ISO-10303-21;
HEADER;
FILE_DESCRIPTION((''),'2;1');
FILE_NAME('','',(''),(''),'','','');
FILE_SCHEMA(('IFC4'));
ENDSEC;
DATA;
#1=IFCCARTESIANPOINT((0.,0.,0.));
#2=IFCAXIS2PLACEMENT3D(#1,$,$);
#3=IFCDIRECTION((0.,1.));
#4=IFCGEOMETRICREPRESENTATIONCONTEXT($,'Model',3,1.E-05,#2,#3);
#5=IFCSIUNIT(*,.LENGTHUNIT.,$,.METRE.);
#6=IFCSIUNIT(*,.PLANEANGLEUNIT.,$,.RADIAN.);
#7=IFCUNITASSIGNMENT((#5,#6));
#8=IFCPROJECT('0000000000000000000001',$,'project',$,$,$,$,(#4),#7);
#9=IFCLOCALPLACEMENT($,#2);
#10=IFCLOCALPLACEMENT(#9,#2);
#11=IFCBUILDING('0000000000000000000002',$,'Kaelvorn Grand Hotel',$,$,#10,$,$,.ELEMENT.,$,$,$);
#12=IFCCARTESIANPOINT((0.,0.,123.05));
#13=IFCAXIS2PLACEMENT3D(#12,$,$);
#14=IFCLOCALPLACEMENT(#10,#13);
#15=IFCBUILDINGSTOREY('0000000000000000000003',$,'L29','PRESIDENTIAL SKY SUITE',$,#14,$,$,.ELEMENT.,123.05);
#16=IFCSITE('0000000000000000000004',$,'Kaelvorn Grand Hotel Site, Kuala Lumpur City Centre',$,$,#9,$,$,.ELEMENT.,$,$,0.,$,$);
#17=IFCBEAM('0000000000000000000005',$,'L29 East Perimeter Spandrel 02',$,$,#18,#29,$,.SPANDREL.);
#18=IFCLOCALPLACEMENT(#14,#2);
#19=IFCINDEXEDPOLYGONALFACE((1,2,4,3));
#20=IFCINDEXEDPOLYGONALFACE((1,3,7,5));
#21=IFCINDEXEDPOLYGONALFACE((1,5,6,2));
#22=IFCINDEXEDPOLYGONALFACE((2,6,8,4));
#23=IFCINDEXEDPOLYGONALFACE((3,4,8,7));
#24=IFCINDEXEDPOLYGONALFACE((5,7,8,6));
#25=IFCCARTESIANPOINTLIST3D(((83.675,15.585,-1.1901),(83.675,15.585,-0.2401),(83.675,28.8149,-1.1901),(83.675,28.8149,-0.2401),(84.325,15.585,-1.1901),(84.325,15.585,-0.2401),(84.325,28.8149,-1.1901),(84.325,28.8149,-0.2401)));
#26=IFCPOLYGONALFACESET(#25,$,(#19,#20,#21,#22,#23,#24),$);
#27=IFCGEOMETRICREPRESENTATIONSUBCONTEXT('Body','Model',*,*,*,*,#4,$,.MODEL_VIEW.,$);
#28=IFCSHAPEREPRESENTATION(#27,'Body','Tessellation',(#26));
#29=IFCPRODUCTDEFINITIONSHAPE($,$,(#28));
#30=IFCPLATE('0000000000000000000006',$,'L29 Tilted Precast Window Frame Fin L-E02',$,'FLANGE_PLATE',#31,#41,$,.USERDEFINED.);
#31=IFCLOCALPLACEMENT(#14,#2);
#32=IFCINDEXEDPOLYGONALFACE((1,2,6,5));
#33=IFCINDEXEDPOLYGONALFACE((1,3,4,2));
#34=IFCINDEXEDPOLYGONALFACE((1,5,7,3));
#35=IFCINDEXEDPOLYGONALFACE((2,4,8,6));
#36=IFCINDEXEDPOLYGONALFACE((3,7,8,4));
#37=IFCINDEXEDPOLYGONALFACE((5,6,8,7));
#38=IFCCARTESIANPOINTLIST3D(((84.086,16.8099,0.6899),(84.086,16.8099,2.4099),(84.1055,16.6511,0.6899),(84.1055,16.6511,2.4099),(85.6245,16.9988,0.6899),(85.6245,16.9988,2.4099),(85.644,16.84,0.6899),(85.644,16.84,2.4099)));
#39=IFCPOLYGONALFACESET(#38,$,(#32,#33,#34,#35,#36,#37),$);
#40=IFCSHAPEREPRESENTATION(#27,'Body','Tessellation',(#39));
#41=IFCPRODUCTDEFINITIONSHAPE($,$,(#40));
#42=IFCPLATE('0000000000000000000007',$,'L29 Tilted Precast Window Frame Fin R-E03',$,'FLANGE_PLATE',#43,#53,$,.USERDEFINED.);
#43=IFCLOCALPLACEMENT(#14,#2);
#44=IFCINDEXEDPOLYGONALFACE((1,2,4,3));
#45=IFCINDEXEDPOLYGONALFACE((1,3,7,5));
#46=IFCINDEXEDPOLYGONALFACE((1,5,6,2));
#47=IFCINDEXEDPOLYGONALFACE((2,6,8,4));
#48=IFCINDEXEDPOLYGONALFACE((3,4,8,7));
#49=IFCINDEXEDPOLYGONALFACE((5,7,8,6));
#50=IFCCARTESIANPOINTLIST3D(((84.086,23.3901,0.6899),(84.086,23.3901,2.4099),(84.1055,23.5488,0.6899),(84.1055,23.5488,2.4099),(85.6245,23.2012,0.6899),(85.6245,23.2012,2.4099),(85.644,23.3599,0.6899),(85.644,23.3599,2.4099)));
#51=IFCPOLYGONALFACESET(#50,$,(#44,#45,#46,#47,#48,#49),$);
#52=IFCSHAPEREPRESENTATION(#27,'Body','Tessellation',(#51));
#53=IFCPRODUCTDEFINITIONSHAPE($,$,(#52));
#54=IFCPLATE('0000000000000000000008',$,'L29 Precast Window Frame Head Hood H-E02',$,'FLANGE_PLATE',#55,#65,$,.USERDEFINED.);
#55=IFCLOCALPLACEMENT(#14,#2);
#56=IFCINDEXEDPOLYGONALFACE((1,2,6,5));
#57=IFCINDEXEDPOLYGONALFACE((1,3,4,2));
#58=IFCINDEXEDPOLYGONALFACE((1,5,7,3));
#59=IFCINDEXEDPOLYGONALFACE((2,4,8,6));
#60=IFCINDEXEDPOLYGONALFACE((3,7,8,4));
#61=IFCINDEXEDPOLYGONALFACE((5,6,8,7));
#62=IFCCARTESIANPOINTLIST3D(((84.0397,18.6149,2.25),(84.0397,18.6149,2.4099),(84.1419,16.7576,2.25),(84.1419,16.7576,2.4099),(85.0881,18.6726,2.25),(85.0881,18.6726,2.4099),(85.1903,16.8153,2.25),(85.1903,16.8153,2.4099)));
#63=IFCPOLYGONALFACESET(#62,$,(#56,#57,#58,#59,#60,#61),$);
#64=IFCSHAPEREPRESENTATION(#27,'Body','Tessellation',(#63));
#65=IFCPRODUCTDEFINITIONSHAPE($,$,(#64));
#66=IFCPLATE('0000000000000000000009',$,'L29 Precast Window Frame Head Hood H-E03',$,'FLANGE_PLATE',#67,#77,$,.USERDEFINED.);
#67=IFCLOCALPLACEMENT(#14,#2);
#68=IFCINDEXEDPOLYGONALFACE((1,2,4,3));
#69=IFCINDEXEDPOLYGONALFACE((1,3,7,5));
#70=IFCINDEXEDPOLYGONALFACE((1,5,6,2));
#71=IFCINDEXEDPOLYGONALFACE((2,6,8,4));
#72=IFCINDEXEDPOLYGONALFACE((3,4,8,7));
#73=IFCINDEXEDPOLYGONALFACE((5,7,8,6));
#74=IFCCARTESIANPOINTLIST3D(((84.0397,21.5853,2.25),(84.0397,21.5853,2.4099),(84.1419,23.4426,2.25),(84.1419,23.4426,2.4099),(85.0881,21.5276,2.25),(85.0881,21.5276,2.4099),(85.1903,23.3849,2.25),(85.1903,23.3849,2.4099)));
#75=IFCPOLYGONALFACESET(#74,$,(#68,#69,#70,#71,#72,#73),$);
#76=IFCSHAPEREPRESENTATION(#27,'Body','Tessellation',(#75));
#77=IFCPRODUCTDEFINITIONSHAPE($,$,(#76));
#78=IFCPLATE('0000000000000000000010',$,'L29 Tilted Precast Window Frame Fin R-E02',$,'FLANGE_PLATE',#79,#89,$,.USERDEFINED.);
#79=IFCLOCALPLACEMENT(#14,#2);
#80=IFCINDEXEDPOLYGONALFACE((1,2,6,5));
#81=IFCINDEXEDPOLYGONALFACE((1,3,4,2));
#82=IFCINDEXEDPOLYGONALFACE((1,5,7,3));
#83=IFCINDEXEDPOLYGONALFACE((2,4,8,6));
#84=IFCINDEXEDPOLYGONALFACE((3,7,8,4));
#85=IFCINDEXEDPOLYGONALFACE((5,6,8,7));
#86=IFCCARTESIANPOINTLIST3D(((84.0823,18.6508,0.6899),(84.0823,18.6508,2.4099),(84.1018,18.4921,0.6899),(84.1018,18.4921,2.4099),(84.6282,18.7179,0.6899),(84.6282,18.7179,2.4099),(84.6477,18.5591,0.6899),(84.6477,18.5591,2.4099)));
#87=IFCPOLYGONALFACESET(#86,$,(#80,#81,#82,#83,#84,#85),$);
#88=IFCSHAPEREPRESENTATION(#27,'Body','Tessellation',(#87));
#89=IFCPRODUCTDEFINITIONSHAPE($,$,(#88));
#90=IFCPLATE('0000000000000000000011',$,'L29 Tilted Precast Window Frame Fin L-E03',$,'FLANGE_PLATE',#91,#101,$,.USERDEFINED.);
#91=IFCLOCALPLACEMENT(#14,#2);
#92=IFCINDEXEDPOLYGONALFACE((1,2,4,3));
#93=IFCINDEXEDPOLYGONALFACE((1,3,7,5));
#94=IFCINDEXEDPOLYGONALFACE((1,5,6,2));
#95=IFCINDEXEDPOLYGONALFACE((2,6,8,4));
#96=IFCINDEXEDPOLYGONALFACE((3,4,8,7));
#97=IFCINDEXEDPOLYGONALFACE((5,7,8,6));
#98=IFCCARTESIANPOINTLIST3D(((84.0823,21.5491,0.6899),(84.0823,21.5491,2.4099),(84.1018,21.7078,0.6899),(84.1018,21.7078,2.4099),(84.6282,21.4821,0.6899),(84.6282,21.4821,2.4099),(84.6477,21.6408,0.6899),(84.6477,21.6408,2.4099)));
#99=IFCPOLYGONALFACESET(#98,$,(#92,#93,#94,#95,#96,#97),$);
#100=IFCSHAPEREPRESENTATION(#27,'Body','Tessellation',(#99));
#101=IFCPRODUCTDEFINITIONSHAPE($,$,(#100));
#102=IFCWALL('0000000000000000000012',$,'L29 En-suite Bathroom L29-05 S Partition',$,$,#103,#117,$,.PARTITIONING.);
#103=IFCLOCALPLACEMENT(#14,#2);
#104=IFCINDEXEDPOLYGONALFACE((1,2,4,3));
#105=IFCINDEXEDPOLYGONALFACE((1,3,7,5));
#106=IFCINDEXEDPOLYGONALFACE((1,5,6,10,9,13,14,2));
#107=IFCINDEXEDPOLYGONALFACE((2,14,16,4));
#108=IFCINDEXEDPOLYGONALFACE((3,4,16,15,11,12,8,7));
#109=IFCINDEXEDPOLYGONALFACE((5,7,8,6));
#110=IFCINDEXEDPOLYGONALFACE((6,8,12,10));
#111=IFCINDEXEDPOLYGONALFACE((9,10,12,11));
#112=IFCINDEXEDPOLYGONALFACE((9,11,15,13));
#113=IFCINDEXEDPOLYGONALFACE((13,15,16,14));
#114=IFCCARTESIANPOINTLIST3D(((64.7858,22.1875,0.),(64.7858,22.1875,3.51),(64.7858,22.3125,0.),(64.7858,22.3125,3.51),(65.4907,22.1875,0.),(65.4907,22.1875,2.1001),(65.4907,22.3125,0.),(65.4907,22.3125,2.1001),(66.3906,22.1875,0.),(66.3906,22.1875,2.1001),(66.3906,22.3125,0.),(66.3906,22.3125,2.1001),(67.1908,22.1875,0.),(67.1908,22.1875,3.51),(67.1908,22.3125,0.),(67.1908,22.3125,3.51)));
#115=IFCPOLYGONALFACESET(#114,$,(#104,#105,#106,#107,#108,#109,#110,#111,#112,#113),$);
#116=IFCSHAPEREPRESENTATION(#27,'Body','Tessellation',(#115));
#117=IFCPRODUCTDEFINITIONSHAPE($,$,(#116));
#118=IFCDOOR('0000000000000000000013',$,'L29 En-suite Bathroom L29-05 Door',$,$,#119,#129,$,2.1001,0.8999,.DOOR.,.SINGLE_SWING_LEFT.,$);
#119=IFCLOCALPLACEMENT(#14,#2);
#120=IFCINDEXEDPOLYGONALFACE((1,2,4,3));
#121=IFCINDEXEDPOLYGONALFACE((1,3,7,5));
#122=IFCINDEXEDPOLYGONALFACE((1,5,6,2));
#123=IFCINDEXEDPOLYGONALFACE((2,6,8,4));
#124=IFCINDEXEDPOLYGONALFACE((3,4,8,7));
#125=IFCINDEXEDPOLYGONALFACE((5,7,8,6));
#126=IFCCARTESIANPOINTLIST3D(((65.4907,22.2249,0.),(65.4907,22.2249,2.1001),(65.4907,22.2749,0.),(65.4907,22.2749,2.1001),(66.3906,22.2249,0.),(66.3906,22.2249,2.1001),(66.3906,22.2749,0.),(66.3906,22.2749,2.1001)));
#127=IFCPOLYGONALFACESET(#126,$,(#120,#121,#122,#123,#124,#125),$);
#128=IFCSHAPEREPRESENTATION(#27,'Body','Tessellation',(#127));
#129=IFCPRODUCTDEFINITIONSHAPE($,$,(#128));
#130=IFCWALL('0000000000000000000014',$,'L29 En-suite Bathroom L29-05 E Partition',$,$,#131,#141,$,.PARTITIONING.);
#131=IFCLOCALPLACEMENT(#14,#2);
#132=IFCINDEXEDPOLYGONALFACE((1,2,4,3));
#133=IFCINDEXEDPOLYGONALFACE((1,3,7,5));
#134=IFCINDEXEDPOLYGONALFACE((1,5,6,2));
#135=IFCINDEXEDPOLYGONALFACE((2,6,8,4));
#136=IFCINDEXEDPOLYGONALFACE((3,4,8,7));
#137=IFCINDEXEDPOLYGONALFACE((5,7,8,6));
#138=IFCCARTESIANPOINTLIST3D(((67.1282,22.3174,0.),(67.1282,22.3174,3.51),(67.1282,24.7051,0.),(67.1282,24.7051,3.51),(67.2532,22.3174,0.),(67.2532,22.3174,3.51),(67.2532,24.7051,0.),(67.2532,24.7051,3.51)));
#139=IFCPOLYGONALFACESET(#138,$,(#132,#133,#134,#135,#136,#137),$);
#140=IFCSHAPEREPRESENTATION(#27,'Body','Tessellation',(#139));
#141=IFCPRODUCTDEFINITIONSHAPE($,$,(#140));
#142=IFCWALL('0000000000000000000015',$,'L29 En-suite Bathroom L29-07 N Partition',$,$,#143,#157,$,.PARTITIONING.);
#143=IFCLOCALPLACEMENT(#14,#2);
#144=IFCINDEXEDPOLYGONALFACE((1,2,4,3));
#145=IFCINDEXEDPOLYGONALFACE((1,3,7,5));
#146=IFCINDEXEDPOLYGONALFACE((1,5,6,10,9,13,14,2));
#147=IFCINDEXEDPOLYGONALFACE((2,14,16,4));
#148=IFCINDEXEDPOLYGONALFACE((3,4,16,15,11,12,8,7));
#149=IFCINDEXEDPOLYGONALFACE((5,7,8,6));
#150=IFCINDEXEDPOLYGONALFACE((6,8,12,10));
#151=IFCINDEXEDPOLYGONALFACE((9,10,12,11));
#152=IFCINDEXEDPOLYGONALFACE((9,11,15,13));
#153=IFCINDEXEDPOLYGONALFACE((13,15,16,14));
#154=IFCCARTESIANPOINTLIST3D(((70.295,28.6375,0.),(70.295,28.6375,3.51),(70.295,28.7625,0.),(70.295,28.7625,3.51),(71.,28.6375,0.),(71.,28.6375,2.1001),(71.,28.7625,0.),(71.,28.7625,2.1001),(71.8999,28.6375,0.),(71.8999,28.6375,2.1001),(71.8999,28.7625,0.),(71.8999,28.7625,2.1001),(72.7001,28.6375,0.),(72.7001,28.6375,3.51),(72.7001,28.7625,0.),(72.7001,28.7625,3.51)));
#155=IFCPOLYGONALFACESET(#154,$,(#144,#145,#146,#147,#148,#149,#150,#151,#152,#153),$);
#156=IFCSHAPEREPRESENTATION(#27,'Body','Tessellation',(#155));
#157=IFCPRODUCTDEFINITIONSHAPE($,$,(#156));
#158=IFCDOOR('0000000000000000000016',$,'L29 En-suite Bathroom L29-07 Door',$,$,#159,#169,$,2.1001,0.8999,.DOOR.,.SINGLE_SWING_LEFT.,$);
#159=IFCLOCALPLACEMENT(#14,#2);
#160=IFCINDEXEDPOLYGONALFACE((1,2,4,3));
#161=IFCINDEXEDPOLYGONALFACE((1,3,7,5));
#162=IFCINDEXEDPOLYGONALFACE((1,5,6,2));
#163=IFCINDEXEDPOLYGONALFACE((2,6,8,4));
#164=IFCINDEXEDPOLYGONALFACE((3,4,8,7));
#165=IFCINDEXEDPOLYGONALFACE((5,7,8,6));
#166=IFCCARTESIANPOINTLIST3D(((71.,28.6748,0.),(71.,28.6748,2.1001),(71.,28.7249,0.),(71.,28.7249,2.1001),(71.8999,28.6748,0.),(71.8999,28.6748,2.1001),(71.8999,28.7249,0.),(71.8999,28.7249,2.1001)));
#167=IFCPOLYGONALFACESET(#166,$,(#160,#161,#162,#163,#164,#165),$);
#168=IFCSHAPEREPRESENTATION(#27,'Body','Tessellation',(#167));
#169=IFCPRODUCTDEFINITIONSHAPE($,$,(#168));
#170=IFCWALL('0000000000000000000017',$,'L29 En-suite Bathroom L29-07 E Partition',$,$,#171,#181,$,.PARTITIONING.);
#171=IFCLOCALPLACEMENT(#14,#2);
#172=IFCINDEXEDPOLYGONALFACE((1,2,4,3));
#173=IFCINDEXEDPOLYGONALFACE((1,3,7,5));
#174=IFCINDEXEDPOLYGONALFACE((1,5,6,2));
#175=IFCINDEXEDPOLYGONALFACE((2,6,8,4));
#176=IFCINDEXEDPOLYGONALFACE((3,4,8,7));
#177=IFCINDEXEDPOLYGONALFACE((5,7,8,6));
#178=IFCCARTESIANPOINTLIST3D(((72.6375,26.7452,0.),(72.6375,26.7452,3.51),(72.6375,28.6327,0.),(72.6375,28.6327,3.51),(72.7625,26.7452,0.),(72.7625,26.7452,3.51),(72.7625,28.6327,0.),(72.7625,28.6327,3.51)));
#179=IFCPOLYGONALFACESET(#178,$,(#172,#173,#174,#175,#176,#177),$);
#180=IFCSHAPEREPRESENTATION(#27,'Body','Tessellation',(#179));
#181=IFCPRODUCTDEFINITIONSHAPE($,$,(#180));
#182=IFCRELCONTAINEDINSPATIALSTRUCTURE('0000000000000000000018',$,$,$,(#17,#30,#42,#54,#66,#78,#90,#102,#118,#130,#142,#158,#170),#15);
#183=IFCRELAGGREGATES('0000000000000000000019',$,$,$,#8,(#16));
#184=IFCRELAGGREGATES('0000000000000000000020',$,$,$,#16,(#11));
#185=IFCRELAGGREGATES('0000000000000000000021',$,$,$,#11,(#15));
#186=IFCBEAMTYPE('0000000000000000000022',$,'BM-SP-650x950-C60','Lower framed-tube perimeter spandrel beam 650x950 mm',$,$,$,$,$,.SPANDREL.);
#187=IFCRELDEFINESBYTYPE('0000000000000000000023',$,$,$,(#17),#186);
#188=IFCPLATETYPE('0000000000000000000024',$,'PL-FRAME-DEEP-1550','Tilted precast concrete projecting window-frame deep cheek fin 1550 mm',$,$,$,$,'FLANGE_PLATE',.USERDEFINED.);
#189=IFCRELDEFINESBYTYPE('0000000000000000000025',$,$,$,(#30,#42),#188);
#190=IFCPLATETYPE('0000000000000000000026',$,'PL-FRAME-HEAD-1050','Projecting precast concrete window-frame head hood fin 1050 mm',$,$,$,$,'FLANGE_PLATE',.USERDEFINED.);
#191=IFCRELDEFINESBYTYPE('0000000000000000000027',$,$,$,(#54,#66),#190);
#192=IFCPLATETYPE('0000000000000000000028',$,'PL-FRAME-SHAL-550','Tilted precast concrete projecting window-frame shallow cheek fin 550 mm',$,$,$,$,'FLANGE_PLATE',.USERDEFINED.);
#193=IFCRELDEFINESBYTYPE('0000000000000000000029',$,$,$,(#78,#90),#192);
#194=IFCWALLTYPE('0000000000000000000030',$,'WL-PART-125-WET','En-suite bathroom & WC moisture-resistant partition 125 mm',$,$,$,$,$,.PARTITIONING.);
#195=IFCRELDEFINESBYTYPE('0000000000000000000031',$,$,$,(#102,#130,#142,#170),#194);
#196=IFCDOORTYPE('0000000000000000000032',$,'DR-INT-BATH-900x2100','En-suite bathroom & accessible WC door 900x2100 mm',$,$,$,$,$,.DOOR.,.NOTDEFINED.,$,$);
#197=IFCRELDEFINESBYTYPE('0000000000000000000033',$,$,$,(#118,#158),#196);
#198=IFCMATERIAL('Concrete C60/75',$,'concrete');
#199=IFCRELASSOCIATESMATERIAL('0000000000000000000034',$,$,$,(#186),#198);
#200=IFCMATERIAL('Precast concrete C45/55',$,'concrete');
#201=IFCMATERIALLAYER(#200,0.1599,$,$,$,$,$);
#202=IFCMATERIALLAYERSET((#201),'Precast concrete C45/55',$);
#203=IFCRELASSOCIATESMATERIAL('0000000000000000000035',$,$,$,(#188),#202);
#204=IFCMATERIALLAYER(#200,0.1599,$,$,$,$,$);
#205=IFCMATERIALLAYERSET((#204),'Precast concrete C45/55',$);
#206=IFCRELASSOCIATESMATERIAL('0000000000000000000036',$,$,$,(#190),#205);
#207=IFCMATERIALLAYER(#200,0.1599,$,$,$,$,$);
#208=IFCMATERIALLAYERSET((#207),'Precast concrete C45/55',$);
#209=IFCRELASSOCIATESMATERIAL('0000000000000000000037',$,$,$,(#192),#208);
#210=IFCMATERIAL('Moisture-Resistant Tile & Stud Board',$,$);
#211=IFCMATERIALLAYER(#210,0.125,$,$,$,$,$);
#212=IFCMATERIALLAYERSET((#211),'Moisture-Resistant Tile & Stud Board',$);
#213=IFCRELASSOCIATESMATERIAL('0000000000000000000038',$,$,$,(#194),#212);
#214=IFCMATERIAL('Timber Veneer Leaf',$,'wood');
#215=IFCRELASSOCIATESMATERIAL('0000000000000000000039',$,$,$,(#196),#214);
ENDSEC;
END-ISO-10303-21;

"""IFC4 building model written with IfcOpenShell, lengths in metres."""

from ifc_helpers import new_model, si_unit, direction, frame, frame_2d, origin, origin_2d, place, context, subcontext, project, spatial, rectangle, extrude, material, layer, layer_set, material_profile, profile_set, type_object, element, fill, save


model = new_model("IFC4")

# Units and contexts
model_context = context("Model", 3, precision=1e-05, world=origin(), true_north=direction((0.0, 1.0)))
body_context = subcontext(model_context, "Body", "Model", "MODEL_VIEW")
ifc_project = project(units=[si_unit("LENGTHUNIT", "METRE"), si_unit("PLANEANGLEUNIT", "RADIAN")], contexts=[model_context])

# Site, building, storey
site_placement = place(None, origin())
site = spatial("IfcSite", under=ifc_project, at=site_placement, Name="Kaelvorn Grand Hotel Site, Kuala Lumpur City Centre", CompositionType="ELEMENT", RefElevation=0.0)
building_placement = place(site_placement, origin())
building = spatial("IfcBuilding", under=site, at=building_placement, Name="Kaelvorn Grand Hotel", CompositionType="ELEMENT")
storey_placement = place(building_placement, frame((0.0, 0.0, 123.05)))
storey = spatial("IfcBuildingStorey", under=building, at=storey_placement, Name="L29", Description="PRESIDENTIAL SKY SUITE", CompositionType="ELEMENT", Elevation=123.05)

# Shared definitions
ifc_material_1 = material(Name="Concrete C60/75", Category="concrete")

# Beam
ifc_material_profile_1 = material_profile(ifc_material_1, rectangle(XDim=0.6499, YDim=0.95, at=origin_2d()), Name="RC SPANDREL 650x950")
ifc_profile_set_1 = profile_set([ifc_material_profile_1], Name="Concrete C60/75")
beam_type_1 = type_object("IfcBeamType", Name="BM-SP-650x950-C60", Description="Lower framed-tube perimeter spandrel beam 650x950 mm", PredefinedType="SPANDREL", material=ifc_profile_set_1)
beam_1_placement = place(storey_placement, frame((84.0, 15.585, -0.7151), z_axis=(0.0, 1.0, 0.0), x_axis=(-1.0, 0.0, 0.0)))
element("IfcBeam", 1, at=beam_1_placement, inside=storey, type_object=beam_type_1, Name="L29 East Perimeter Spandrel 02", PredefinedType="SPANDREL", context=body_context, shape_type="SweptSolid", body=[
    extrude(rectangle(XDim=0.6499, YDim=0.95, at=origin_2d()), origin(), (0.0, 0.0, 1.0), 13.23),
])

# Plates
ifc_material_2 = material(Name="Precast concrete C45/55", Category="concrete")
ifc_layer_1 = layer(ifc_material_2, 0.1599)
ifc_layer_set_1 = layer_set([ifc_layer_1], Name="Precast concrete C45/55")
plate_type_1 = type_object("IfcPlateType", Name="PL-FRAME-DEEP-1550", Description="Tilted precast concrete projecting window-frame deep cheek fin 1550 mm", ElementType="FLANGE_PLATE", PredefinedType="USERDEFINED", material=ifc_layer_set_1)
for number, where, z_axis, x_axis, name in (
    (2, (84.865, 16.825, 0.6899), (0.0, 0.0, 1.0), (-0.121869, 0.992546, 0.0), "L29 Tilted Precast Window Frame Fin L-E02"),
    (3, (84.865, 23.375, 0.6899), (0.0, 0.0, 1.0), (0.121869, 0.992546, 0.0), "L29 Tilted Precast Window Frame Fin R-E03"),
):
    element("IfcPlate", number, at=place(storey_placement, frame(where, z_axis=z_axis, x_axis=x_axis)), inside=storey, type_object=plate_type_1, Name=name, ObjectType="FLANGE_PLATE", PredefinedType="USERDEFINED", context=body_context, shape_type="SweptSolid", body=[
        extrude(rectangle(XDim=0.1599, YDim=1.55, at=origin_2d()), origin(), (0.0, 0.0, 1.0), 1.72),
    ])
ifc_layer_2 = layer(ifc_material_2, 0.1599)
ifc_layer_set_2 = layer_set([ifc_layer_2], Name="Precast concrete C45/55")
plate_type_2 = type_object("IfcPlateType", Name="PL-FRAME-HEAD-1050", Description="Projecting precast concrete window-frame head hood fin 1050 mm", ElementType="FLANGE_PLATE", PredefinedType="USERDEFINED", material=ifc_layer_set_2)
for number, where, z_axis, x_axis, name in (
    (4, (84.615, 17.7151, 2.25), (0.0, 0.0, 1.0), (-0.05495, 0.998489, 0.0), "L29 Precast Window Frame Head Hood H-E02"),
    (5, (84.615, 22.4851, 2.25), (0.0, 0.0, 1.0), (0.05495, 0.998489, 0.0), "L29 Precast Window Frame Head Hood H-E03"),
):
    element("IfcPlate", number, at=place(storey_placement, frame(where, z_axis=z_axis, x_axis=x_axis)), inside=storey, type_object=plate_type_2, Name=name, ObjectType="FLANGE_PLATE", PredefinedType="USERDEFINED", context=body_context, shape_type="SweptSolid", body=[
        extrude(rectangle(XDim=1.8601, YDim=1.05, at=origin_2d()), origin(), (0.0, 0.0, 1.0), 0.1599),
    ])
ifc_layer_3 = layer(ifc_material_2, 0.1599)
ifc_layer_set_3 = layer_set([ifc_layer_3], Name="Precast concrete C45/55")
plate_type_3 = type_object("IfcPlateType", Name="PL-FRAME-SHAL-550", Description="Tilted precast concrete projecting window-frame shallow cheek fin 550 mm", ElementType="FLANGE_PLATE", PredefinedType="USERDEFINED", material=ifc_layer_set_3)
for number, where, z_axis, x_axis, name in (
    (6, (84.365, 18.605, 0.6899), (0.0, 0.0, 1.0), (-0.121869, 0.992546, 0.0), "L29 Tilted Precast Window Frame Fin R-E02"),
    (7, (84.365, 21.595, 0.6899), (0.0, 0.0, 1.0), (0.121869, 0.992546, 0.0), "L29 Tilted Precast Window Frame Fin L-E03"),
):
    element("IfcPlate", number, at=place(storey_placement, frame(where, z_axis=z_axis, x_axis=x_axis)), inside=storey, type_object=plate_type_3, Name=name, ObjectType="FLANGE_PLATE", PredefinedType="USERDEFINED", context=body_context, shape_type="SweptSolid", body=[
        extrude(rectangle(XDim=0.1599, YDim=0.55, at=origin_2d()), origin(), (0.0, 0.0, 1.0), 1.72),
    ])

# Wall, opening, door
ifc_material_3 = material(Name="Moisture-Resistant Tile & Stud Board")
ifc_layer_4 = layer(ifc_material_3, 0.125)
ifc_layer_set_4 = layer_set([ifc_layer_4], Name="Moisture-Resistant Tile & Stud Board")
wall_type_1 = type_object("IfcWallType", Name="WL-PART-125-WET", Description="En-suite bathroom & WC moisture-resistant partition 125 mm", PredefinedType="PARTITIONING", material=ifc_layer_set_4)
wall_1_placement = place(storey_placement, frame((64.7856, 22.25, 0.0), z_axis=(0.0, 0.0, 1.0), x_axis=(1.0, 0.0, 0.0)))
wall_1 = element("IfcWall", 8, at=wall_1_placement, inside=storey, type_object=wall_type_1, Name="L29 En-suite Bathroom L29-05 S Partition", PredefinedType="PARTITIONING", context=body_context, shape_type="SweptSolid", body=[
    extrude(rectangle(XDim=2.405, YDim=0.125, at=frame_2d((1.2026, 0.0))), origin(), (0.0, 0.0, 1.0), 3.51),
])
opening_1_placement = place(wall_1_placement, frame((0.7051, 0.0, 0.0)))
opening_1 = element("IfcOpeningElement", 9, at=opening_1_placement, cuts=wall_1, PredefinedType="OPENING", context=body_context, shape_type="SweptSolid", body=[
    extrude(rectangle(XDim=0.8999, YDim=2.1001, at=frame_2d((0.45, 1.05))), frame((0.0, 0.0725, 0.0), z_axis=(0.0, -1.0, 0.0), x_axis=(1.0, 0.0, 0.0)), (0.0, 0.0, 1.0), 0.145),
])
ifc_material_4 = material(Name="Timber Veneer Leaf", Category="wood")
door_type_1 = type_object("IfcDoorType", Name="DR-INT-BATH-900x2100", Description="En-suite bathroom & accessible WC door 900x2100 mm", OperationType="NOTDEFINED", PredefinedType="DOOR", material=ifc_material_4)
door_1_placement = place(opening_1_placement, origin())
door_1 = element("IfcDoor", 10, at=door_1_placement, inside=storey, type_object=door_type_1, Name="L29 En-suite Bathroom L29-05 Door", OperationType="SINGLE_SWING_LEFT", OverallHeight=2.1001, OverallWidth=0.8999, PredefinedType="DOOR", context=body_context, shape_type="SweptSolid", body=[
    extrude(rectangle(XDim=0.8999, YDim=2.1001, at=frame_2d((0.45, 1.05))), frame((0.0, 0.0249, 0.0), z_axis=(0.0, -1.0, 0.0), x_axis=(1.0, 0.0, 0.0)), (0.0, 0.0, 1.0), 0.05),
])
fill(opening_1, door_1)

# Wall
wall_2_placement = place(storey_placement, frame((67.1907, 22.3174, 0.0), z_axis=(0.0, 0.0, 1.0), x_axis=(0.0, 1.0, 0.0)))
element("IfcWall", 11, at=wall_2_placement, inside=storey, type_object=wall_type_1, Name="L29 En-suite Bathroom L29-05 E Partition", PredefinedType="PARTITIONING", context=body_context, shape_type="SweptSolid", body=[
    extrude(rectangle(XDim=2.3877, YDim=0.125, at=frame_2d((1.1938, 0.0))), origin(), (0.0, 0.0, 1.0), 3.51),
])

# Wall, opening, door
wall_3_placement = place(storey_placement, frame((70.2949, 28.7, 0.0), z_axis=(0.0, 0.0, 1.0), x_axis=(1.0, 0.0, 0.0)))
wall_3 = element("IfcWall", 12, at=wall_3_placement, inside=storey, type_object=wall_type_1, Name="L29 En-suite Bathroom L29-07 N Partition", PredefinedType="PARTITIONING", context=body_context, shape_type="SweptSolid", body=[
    extrude(rectangle(XDim=2.405, YDim=0.125, at=frame_2d((1.2026, 0.0))), origin(), (0.0, 0.0, 1.0), 3.51),
])
opening_2_placement = place(wall_3_placement, frame((0.7051, 0.0, 0.0)))
opening_2 = element("IfcOpeningElement", 13, at=opening_2_placement, cuts=wall_3, PredefinedType="OPENING", context=body_context, shape_type="SweptSolid", body=[
    extrude(rectangle(XDim=0.8999, YDim=2.1001, at=frame_2d((0.45, 1.05))), frame((0.0, 0.0725, 0.0), z_axis=(0.0, -1.0, 0.0), x_axis=(1.0, 0.0, 0.0)), (0.0, 0.0, 1.0), 0.145),
])
door_2_placement = place(opening_2_placement, origin())
door_2 = element("IfcDoor", 14, at=door_2_placement, inside=storey, type_object=door_type_1, Name="L29 En-suite Bathroom L29-07 Door", OperationType="SINGLE_SWING_LEFT", OverallHeight=2.1001, OverallWidth=0.8999, PredefinedType="DOOR", context=body_context, shape_type="SweptSolid", body=[
    extrude(rectangle(XDim=0.8999, YDim=2.1001, at=frame_2d((0.45, 1.05))), frame((0.0, 0.0249, 0.0), z_axis=(0.0, -1.0, 0.0), x_axis=(1.0, 0.0, 0.0)), (0.0, 0.0, 1.0), 0.05),
])
fill(opening_2, door_2)

# Wall
wall_4_placement = place(storey_placement, frame((72.7, 26.7451, 0.0), z_axis=(0.0, 0.0, 1.0), x_axis=(0.0, 1.0, 0.0)))
element("IfcWall", 15, at=wall_4_placement, inside=storey, type_object=wall_type_1, Name="L29 En-suite Bathroom L29-07 E Partition", PredefinedType="PARTITIONING", context=body_context, shape_type="SweptSolid", body=[
    extrude(rectangle(XDim=1.8875, YDim=0.125, at=frame_2d((0.9438, 0.0))), origin(), (0.0, 0.0, 1.0), 3.51),
])

save(model, "model.ifc")
